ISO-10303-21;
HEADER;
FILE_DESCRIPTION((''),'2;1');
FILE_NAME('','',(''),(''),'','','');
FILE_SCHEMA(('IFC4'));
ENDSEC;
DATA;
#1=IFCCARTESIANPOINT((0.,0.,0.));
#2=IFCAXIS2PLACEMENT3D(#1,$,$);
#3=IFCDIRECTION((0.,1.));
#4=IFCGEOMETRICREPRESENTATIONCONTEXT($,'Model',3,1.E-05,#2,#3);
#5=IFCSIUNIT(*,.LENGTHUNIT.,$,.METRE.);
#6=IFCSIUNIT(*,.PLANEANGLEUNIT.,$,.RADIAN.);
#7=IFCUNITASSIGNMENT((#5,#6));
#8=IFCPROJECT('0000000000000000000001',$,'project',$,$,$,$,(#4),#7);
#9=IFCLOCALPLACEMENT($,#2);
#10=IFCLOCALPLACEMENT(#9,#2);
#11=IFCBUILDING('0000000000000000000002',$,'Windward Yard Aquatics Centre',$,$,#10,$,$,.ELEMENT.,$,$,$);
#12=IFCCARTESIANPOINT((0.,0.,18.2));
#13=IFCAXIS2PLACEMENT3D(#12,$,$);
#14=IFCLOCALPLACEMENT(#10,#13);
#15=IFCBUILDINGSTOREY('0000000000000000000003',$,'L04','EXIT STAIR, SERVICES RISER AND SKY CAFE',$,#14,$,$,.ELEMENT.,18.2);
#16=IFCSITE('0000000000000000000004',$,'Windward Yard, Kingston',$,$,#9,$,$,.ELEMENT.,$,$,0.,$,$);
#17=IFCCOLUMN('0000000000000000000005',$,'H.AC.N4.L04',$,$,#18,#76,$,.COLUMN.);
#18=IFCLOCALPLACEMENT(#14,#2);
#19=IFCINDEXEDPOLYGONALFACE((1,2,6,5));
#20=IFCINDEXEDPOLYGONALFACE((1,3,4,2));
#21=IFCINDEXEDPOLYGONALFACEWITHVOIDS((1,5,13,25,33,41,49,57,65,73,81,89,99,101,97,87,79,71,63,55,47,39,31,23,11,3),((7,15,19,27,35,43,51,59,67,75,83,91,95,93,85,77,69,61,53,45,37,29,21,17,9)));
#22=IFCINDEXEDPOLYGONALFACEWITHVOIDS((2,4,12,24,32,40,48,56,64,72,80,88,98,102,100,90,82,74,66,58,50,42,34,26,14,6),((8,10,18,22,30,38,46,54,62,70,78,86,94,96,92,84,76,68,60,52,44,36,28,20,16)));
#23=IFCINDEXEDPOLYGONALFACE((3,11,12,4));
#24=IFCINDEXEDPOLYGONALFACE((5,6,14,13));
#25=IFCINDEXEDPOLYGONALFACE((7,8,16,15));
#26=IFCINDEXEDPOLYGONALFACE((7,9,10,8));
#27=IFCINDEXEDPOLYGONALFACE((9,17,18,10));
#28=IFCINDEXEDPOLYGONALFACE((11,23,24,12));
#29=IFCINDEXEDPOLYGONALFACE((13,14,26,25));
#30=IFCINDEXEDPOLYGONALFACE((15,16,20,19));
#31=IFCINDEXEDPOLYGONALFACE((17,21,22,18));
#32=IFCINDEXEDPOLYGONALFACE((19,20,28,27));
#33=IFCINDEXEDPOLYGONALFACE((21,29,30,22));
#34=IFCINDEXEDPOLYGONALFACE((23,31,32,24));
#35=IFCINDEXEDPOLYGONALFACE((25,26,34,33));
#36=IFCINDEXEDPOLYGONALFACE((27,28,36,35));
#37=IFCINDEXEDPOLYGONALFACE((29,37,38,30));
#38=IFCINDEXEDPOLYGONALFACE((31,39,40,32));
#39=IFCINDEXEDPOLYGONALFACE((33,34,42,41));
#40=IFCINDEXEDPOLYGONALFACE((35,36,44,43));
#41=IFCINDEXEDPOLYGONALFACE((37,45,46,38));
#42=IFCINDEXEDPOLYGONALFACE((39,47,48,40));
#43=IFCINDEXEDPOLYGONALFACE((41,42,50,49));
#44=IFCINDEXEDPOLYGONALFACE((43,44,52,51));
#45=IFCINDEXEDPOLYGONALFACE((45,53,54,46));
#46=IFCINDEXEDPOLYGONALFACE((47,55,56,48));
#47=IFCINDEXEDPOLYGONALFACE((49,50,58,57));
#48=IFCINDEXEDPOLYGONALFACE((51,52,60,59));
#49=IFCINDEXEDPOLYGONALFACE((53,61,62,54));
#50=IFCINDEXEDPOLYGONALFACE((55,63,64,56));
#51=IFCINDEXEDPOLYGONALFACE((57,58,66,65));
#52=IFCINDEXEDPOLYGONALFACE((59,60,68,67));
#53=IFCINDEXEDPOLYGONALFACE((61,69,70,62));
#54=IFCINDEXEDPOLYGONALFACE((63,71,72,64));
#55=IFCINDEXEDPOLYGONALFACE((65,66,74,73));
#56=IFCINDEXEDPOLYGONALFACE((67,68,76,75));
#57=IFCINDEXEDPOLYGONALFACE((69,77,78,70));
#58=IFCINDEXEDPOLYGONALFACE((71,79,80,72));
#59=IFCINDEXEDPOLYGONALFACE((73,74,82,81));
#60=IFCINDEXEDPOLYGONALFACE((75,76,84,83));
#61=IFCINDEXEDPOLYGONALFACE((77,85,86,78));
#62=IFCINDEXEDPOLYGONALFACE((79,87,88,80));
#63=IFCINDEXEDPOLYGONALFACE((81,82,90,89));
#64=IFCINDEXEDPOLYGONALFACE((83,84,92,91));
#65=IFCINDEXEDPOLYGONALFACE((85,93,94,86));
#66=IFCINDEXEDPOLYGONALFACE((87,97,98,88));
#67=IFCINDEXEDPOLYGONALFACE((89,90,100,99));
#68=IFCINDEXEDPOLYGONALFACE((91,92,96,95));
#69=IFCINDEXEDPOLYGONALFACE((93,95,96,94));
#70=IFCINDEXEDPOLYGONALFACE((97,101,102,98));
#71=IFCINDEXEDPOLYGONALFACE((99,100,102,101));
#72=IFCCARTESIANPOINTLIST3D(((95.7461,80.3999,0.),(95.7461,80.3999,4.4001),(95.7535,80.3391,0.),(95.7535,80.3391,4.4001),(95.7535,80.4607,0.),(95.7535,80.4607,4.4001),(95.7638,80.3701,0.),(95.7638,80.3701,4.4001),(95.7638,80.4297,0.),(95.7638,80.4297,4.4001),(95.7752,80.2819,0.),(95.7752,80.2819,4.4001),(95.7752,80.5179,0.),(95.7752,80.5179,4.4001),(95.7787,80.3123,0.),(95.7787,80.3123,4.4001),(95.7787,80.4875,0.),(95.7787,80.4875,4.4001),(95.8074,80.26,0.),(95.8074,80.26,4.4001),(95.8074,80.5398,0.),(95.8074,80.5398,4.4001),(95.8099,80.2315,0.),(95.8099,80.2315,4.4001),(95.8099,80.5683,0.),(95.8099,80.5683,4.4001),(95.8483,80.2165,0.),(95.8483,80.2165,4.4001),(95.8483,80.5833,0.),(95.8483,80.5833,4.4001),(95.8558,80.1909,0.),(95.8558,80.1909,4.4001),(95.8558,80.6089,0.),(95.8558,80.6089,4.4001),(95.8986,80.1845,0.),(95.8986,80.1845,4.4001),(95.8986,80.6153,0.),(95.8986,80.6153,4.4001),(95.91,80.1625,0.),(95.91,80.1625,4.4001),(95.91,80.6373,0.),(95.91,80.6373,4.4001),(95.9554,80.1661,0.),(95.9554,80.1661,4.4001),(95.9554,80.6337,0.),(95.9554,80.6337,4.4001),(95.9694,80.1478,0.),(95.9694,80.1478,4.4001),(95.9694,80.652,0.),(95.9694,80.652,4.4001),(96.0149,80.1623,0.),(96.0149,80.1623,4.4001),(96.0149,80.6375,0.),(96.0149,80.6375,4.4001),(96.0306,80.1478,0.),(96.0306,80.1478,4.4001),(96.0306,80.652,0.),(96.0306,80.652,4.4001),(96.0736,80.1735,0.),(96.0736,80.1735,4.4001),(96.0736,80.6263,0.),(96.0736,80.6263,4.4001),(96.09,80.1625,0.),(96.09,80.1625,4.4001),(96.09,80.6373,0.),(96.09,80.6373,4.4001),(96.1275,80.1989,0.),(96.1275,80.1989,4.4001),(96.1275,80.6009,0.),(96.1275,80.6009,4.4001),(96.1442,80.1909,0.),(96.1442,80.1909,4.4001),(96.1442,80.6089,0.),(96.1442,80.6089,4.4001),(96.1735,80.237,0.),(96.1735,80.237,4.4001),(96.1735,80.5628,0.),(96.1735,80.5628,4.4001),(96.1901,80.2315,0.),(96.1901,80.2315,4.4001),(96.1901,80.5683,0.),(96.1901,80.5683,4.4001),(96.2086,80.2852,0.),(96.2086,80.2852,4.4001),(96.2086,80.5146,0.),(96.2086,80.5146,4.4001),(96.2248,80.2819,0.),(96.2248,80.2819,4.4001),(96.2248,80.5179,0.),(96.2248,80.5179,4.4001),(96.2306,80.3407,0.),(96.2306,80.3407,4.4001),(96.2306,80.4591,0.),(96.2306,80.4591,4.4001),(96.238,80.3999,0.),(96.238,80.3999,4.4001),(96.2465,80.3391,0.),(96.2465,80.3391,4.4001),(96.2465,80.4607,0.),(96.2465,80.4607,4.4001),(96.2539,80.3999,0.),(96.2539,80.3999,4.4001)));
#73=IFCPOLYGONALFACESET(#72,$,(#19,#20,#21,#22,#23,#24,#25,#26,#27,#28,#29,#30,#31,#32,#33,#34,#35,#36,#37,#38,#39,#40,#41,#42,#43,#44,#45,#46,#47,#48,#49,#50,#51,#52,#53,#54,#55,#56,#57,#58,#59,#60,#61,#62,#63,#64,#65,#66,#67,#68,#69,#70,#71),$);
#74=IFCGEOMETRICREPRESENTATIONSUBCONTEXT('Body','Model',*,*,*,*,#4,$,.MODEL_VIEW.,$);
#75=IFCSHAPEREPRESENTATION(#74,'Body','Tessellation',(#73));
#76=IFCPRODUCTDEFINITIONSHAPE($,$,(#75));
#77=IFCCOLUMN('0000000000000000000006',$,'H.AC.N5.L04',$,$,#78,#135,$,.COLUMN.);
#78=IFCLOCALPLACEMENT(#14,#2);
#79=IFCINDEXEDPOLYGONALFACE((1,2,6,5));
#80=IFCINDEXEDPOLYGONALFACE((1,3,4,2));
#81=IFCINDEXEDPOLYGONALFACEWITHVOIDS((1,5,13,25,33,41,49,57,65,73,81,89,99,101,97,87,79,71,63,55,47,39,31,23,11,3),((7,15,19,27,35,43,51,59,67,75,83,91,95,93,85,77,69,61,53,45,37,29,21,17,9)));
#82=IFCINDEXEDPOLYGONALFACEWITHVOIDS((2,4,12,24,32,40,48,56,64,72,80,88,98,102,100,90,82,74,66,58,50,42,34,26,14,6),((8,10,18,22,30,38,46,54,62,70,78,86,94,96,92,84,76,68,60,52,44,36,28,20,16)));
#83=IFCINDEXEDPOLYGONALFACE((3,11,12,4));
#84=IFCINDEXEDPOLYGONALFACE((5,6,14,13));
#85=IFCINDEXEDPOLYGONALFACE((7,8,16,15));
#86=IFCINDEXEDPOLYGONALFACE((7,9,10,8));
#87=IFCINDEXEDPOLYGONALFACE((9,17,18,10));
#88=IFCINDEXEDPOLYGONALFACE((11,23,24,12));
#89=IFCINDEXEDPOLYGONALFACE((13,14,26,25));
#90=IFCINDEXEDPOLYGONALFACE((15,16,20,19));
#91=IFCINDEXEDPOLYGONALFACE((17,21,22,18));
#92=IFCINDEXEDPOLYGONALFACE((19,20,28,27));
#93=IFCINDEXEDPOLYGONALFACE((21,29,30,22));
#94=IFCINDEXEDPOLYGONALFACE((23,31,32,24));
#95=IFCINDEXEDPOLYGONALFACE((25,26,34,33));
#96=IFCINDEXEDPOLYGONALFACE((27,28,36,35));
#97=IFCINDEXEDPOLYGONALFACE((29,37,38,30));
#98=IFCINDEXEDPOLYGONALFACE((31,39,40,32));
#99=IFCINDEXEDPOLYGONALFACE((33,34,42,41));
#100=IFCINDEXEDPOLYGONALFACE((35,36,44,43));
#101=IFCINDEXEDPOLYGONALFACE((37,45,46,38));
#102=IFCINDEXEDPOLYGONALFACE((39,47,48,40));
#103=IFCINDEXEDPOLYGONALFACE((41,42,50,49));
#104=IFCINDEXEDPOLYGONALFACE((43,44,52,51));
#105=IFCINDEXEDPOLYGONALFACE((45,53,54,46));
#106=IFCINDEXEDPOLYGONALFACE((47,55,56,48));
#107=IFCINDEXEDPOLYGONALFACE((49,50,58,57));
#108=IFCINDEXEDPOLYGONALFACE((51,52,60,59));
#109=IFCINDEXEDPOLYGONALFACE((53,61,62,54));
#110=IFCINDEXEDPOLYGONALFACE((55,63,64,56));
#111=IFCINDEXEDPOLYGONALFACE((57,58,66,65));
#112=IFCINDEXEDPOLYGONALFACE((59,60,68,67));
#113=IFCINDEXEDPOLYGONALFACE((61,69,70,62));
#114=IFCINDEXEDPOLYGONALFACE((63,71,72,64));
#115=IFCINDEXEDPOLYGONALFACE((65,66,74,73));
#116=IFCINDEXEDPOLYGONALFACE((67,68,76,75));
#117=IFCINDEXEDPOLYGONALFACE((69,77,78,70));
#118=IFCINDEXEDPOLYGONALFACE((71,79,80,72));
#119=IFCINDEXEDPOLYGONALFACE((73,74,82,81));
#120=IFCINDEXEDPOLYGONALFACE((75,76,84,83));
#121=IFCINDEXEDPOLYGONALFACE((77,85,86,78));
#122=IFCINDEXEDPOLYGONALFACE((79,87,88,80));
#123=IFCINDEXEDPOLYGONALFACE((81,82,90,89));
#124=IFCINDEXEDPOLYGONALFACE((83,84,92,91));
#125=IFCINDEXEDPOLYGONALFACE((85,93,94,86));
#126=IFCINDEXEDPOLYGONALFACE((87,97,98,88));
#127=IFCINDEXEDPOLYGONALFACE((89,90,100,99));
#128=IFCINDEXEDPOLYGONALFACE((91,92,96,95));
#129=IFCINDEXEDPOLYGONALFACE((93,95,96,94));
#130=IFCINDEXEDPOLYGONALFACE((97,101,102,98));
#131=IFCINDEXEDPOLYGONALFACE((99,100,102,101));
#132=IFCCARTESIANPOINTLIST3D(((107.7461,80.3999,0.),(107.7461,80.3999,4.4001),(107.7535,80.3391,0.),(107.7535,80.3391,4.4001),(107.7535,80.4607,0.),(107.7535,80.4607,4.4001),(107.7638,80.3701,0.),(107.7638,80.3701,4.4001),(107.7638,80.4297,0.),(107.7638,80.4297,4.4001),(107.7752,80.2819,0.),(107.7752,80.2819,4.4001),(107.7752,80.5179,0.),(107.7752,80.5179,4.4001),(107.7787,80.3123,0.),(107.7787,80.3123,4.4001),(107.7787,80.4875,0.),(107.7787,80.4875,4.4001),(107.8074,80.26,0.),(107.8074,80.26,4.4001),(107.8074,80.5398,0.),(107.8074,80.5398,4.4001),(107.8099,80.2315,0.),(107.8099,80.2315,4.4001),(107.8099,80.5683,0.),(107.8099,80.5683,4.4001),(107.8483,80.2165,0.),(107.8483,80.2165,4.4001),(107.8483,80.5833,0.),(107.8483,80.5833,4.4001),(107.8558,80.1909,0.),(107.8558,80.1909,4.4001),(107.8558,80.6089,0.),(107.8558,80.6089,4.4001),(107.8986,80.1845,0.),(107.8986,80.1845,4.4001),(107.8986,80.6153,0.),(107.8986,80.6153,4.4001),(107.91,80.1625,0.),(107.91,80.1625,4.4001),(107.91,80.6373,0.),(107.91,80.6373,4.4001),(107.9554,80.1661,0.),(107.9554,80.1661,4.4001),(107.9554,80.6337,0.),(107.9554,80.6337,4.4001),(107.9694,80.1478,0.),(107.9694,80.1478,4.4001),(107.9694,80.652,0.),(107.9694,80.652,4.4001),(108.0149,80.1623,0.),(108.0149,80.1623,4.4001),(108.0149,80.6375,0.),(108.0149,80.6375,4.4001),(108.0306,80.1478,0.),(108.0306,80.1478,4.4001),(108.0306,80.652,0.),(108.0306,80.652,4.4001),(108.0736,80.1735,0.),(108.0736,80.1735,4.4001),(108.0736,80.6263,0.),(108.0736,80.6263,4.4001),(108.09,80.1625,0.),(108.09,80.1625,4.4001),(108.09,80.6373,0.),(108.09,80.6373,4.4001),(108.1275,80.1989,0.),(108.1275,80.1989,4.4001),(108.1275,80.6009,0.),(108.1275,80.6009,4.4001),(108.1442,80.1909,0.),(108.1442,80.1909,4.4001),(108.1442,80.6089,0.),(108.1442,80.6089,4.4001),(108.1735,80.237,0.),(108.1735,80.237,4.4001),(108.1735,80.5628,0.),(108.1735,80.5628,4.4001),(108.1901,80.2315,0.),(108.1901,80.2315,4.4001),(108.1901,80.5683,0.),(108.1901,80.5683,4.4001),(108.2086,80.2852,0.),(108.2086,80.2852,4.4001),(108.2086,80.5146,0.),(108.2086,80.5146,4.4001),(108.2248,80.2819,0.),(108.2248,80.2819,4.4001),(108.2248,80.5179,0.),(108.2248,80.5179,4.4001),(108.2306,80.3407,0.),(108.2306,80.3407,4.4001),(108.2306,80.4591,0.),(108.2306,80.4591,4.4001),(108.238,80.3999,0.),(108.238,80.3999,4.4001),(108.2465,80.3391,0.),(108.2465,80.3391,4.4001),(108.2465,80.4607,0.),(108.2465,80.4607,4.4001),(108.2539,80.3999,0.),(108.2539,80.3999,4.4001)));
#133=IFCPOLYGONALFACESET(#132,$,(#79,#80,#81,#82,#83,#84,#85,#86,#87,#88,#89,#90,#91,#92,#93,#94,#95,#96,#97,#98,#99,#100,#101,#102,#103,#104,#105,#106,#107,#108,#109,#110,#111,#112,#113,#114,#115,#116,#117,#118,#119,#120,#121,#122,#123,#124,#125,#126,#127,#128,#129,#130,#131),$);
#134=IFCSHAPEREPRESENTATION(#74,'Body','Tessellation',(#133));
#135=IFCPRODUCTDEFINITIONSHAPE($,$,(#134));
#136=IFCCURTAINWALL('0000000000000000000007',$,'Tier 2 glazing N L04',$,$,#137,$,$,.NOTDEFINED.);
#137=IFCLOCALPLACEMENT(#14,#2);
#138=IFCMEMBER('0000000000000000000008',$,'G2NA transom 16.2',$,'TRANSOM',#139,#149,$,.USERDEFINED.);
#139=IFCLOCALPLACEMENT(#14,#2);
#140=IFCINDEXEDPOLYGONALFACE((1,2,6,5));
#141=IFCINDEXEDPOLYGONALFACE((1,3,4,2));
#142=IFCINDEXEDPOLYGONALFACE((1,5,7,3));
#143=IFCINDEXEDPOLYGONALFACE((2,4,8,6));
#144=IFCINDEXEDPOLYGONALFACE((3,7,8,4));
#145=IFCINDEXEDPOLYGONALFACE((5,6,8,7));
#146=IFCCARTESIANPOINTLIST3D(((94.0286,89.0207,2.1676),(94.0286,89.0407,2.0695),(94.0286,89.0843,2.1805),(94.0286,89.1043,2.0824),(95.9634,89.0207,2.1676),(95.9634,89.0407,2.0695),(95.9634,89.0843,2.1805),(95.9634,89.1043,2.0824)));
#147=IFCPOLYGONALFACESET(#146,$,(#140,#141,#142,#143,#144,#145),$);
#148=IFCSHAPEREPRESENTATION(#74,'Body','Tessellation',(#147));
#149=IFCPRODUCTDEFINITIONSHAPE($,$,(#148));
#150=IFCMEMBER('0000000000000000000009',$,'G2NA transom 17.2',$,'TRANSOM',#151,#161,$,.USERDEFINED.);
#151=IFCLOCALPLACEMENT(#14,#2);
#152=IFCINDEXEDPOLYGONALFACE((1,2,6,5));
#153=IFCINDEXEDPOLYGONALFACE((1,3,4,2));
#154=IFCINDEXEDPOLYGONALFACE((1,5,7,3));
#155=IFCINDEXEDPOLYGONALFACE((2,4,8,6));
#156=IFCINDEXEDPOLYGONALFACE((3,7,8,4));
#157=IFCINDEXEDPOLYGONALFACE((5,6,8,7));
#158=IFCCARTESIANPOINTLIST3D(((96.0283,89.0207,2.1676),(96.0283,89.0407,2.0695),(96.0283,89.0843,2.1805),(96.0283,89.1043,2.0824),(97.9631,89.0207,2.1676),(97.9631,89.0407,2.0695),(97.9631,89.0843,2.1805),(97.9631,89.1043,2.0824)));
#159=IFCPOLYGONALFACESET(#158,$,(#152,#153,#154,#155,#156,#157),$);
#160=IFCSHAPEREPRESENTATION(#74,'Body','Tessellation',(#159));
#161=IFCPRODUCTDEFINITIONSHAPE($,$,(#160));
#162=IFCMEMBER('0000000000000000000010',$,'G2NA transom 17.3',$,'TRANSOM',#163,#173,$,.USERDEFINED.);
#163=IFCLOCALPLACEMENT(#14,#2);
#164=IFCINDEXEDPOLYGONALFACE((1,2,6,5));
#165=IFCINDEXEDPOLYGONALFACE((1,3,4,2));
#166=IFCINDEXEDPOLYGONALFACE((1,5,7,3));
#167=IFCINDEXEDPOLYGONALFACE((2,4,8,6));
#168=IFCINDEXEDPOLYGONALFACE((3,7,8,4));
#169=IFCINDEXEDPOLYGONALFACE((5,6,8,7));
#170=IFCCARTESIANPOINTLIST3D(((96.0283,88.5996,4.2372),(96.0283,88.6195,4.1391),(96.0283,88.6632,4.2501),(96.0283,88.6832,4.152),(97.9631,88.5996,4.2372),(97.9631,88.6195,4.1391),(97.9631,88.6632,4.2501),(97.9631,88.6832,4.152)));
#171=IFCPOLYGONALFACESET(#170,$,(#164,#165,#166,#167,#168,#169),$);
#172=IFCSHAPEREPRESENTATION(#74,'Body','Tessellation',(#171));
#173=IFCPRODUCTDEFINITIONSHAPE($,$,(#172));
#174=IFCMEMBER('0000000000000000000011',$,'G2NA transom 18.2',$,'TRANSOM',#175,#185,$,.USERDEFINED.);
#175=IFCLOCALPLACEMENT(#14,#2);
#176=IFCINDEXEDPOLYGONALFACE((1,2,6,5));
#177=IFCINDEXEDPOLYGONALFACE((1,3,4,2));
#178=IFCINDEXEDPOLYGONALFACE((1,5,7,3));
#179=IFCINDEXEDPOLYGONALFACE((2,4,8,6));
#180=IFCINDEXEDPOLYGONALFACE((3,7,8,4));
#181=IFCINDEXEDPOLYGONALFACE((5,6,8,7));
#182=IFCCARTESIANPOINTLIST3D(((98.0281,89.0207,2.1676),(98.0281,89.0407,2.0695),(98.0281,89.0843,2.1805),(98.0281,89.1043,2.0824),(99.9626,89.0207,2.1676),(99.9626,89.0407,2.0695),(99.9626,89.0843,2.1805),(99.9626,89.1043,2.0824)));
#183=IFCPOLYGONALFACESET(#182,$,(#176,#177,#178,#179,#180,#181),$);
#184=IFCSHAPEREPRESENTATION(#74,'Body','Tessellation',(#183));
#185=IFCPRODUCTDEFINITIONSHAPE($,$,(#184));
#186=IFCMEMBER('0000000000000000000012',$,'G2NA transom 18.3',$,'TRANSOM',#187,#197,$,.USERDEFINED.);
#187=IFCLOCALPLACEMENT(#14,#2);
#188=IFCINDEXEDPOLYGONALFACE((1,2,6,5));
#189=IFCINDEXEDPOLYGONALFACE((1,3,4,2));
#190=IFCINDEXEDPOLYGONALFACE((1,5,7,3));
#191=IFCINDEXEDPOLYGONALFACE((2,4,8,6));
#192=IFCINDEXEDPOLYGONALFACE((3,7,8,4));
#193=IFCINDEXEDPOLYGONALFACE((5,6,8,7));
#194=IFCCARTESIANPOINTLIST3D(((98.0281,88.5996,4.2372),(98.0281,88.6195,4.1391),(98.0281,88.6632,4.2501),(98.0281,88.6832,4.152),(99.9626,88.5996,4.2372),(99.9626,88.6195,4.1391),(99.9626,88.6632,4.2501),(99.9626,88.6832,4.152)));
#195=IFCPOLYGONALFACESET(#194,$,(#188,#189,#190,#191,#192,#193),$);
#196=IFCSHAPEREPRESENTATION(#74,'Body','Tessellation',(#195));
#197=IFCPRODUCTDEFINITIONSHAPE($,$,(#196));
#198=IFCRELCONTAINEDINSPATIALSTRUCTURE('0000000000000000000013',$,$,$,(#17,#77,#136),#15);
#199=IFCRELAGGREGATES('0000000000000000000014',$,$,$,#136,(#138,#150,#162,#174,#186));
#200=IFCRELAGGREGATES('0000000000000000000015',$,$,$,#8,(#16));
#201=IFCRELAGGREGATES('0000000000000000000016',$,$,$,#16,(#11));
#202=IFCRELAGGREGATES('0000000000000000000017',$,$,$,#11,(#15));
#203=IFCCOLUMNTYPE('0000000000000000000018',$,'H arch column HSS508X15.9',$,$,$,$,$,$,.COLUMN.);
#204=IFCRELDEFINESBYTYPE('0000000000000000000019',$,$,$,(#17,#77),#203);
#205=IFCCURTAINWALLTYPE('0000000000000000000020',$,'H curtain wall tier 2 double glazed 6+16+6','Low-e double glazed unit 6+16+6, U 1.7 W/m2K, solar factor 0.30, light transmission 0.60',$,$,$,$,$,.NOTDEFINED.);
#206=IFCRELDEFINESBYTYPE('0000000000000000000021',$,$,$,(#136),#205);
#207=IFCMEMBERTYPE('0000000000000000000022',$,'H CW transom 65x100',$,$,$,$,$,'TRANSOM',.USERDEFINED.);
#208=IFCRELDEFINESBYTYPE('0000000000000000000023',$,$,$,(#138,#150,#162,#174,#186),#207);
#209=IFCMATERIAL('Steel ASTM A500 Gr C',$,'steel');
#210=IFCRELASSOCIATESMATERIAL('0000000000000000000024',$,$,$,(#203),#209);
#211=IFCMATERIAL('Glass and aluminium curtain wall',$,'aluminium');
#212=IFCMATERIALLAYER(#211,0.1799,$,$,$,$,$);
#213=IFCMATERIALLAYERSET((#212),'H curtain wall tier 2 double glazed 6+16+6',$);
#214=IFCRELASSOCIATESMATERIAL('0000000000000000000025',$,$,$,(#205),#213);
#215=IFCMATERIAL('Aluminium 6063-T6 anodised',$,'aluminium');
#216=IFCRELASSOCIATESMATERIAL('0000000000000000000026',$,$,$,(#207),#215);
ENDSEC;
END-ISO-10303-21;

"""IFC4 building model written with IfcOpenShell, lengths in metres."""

from ifc_helpers import new_model, si_unit, direction, frame, origin, origin_2d, place, context, subcontext, project, spatial, rectangle, hollow_circle, extrude, material, layer, layer_set, material_profile, profile_set, type_object, element, aggregate, save


model = new_model("IFC4")

# Units and contexts
model_context = context("Model", 3, precision=1e-05, world=origin(), true_north=direction((0.0, 1.0)))
body_context = subcontext(model_context, "Body", "Model", "MODEL_VIEW")
ifc_project = project(units=[si_unit("LENGTHUNIT", "METRE"), si_unit("PLANEANGLEUNIT", "RADIAN")], contexts=[model_context])

# Site, building, storey
site_placement = place(None, origin())
site = spatial("IfcSite", under=ifc_project, at=site_placement, Name="Windward Yard, Kingston", CompositionType="ELEMENT", RefElevation=0.0)
building_placement = place(site_placement, origin())
building = spatial("IfcBuilding", under=site, at=building_placement, Name="Windward Yard Aquatics Centre", CompositionType="ELEMENT")
storey_placement = place(building_placement, frame((0.0, 0.0, 18.2)))
storey = spatial("IfcBuildingStorey", under=building, at=storey_placement, Name="L04", Description="EXIT STAIR, SERVICES RISER AND SKY CAFE", CompositionType="ELEMENT", Elevation=18.2)

# Columns
ifc_material_1 = material(Name="Steel ASTM A500 Gr C", Category="steel")
ifc_material_profile_1 = material_profile(ifc_material_1, hollow_circle(Radius=0.2539, WallThickness=0.0159, at=origin_2d()), Name="HSS508X15.9")
ifc_profile_set_1 = profile_set([ifc_material_profile_1], Name="Steel ASTM A500 Gr C")
column_type = type_object("IfcColumnType", Name="H arch column HSS508X15.9", PredefinedType="COLUMN", material=ifc_profile_set_1)
for number, where, z_axis, x_axis, name in (
    (1, (96.0, 80.3999, 0.0), (0.0, 0.0, 1.0), (1.0, 0.0, 0.0), "H.AC.N4.L04"),
    (2, (108.0, 80.3999, 0.0), (0.0, 0.0, 1.0), (1.0, 0.0, 0.0), "H.AC.N5.L04"),
):
    element("IfcColumn", number, at=place(storey_placement, frame(where, z_axis=z_axis, x_axis=x_axis)), inside=storey, type_object=column_type, Name=name, PredefinedType="COLUMN", context=body_context, shape_type="SweptSolid", body=[
        extrude(hollow_circle(Radius=0.2539, WallThickness=0.0159, at=origin_2d()), origin(), (0.0, 0.0, 1.0), 4.4001),
    ])

# Curtain wall, members
ifc_material_2 = material(Name="Glass and aluminium curtain wall", Category="aluminium")
ifc_layer_1 = layer(ifc_material_2, 0.1799)
ifc_layer_set_1 = layer_set([ifc_layer_1], Name="H curtain wall tier 2 double glazed 6+16+6")
curtain_wall_type = type_object("IfcCurtainWallType", Name="H curtain wall tier 2 double glazed 6+16+6", Description="Low-e double glazed unit 6+16+6, U 1.7 W/m2K, solar factor 0.30, light transmission 0.60", PredefinedType="NOTDEFINED", material=ifc_layer_set_1)
curtain_wall_1_placement = place(storey_placement, origin())
curtain_wall_1 = element("IfcCurtainWall", 3, at=curtain_wall_1_placement, inside=storey, type_object=curtain_wall_type, Name="Tier 2 glazing N L04", PredefinedType="NOTDEFINED")
ifc_material_3 = material(Name="Aluminium 6063-T6 anodised", Category="aluminium")
ifc_material_profile_2 = material_profile(ifc_material_3, rectangle(XDim=0.0649, YDim=0.1001, at=origin_2d()), Name="H CW transom 65x100")
ifc_profile_set_2 = profile_set([ifc_material_profile_2], Name="Aluminium 6063-T6 anodised")
member_type = type_object("IfcMemberType", Name="H CW transom 65x100", ElementType="TRANSOM", PredefinedType="USERDEFINED", material=ifc_profile_set_2)
member_1_placement = place(storey_placement, frame((94.0286, 89.0625, 2.125), z_axis=(1.0, 0.0, 0.0), x_axis=(0.0, 0.979925, 0.199368)))
member_1 = element("IfcMember", 4, at=member_1_placement, type_object=member_type, Name="G2NA transom 16.2", ObjectType="TRANSOM", PredefinedType="USERDEFINED", context=body_context, shape_type="SweptSolid", body=[
    extrude(rectangle(XDim=0.0649, YDim=0.1001, at=origin_2d()), origin(), (0.0, 0.0, 1.0), 1.9348),
])
member_2_placement = place(storey_placement, frame((96.0283, 89.0625, 2.125), z_axis=(1.0, 0.0, 0.0), x_axis=(0.0, 0.979925, 0.199368)))
member_2 = element("IfcMember", 5, at=member_2_placement, type_object=member_type, Name="G2NA transom 17.2", ObjectType="TRANSOM", PredefinedType="USERDEFINED", context=body_context, shape_type="SweptSolid", body=[
    extrude(rectangle(XDim=0.0649, YDim=0.1001, at=origin_2d()), origin(), (0.0, 0.0, 1.0), 1.9348),
])
member_3_placement = place(storey_placement, frame((96.0283, 88.6414, 4.1946), z_axis=(1.0, 0.0, 0.0), x_axis=(0.0, 0.979925, 0.199368)))
member_3 = element("IfcMember", 6, at=member_3_placement, type_object=member_type, Name="G2NA transom 17.3", ObjectType="TRANSOM", PredefinedType="USERDEFINED", context=body_context, shape_type="SweptSolid", body=[
    extrude(rectangle(XDim=0.0649, YDim=0.1001, at=origin_2d()), origin(), (0.0, 0.0, 1.0), 1.9348),
])
member_4_placement = place(storey_placement, frame((98.0281, 89.0625, 2.125), z_axis=(1.0, 0.0, 0.0), x_axis=(0.0, 0.979925, 0.199368)))
member_4 = element("IfcMember", 7, at=member_4_placement, type_object=member_type, Name="G2NA transom 18.2", ObjectType="TRANSOM", PredefinedType="USERDEFINED", context=body_context, shape_type="SweptSolid", body=[
    extrude(rectangle(XDim=0.0649, YDim=0.1001, at=origin_2d()), origin(), (0.0, 0.0, 1.0), 1.9346),
])
member_5_placement = place(storey_placement, frame((98.0281, 88.6414, 4.1946), z_axis=(1.0, 0.0, 0.0), x_axis=(0.0, 0.979925, 0.199368)))
member_5 = element("IfcMember", 8, at=member_5_placement, type_object=member_type, Name="G2NA transom 18.3", ObjectType="TRANSOM", PredefinedType="USERDEFINED", context=body_context, shape_type="SweptSolid", body=[
    extrude(rectangle(XDim=0.0649, YDim=0.1001, at=origin_2d()), origin(), (0.0, 0.0, 1.0), 1.9346),
])

aggregate(curtain_wall_1, [member_1, member_2, member_3, member_4, member_5])

save(model, "model.ifc")
